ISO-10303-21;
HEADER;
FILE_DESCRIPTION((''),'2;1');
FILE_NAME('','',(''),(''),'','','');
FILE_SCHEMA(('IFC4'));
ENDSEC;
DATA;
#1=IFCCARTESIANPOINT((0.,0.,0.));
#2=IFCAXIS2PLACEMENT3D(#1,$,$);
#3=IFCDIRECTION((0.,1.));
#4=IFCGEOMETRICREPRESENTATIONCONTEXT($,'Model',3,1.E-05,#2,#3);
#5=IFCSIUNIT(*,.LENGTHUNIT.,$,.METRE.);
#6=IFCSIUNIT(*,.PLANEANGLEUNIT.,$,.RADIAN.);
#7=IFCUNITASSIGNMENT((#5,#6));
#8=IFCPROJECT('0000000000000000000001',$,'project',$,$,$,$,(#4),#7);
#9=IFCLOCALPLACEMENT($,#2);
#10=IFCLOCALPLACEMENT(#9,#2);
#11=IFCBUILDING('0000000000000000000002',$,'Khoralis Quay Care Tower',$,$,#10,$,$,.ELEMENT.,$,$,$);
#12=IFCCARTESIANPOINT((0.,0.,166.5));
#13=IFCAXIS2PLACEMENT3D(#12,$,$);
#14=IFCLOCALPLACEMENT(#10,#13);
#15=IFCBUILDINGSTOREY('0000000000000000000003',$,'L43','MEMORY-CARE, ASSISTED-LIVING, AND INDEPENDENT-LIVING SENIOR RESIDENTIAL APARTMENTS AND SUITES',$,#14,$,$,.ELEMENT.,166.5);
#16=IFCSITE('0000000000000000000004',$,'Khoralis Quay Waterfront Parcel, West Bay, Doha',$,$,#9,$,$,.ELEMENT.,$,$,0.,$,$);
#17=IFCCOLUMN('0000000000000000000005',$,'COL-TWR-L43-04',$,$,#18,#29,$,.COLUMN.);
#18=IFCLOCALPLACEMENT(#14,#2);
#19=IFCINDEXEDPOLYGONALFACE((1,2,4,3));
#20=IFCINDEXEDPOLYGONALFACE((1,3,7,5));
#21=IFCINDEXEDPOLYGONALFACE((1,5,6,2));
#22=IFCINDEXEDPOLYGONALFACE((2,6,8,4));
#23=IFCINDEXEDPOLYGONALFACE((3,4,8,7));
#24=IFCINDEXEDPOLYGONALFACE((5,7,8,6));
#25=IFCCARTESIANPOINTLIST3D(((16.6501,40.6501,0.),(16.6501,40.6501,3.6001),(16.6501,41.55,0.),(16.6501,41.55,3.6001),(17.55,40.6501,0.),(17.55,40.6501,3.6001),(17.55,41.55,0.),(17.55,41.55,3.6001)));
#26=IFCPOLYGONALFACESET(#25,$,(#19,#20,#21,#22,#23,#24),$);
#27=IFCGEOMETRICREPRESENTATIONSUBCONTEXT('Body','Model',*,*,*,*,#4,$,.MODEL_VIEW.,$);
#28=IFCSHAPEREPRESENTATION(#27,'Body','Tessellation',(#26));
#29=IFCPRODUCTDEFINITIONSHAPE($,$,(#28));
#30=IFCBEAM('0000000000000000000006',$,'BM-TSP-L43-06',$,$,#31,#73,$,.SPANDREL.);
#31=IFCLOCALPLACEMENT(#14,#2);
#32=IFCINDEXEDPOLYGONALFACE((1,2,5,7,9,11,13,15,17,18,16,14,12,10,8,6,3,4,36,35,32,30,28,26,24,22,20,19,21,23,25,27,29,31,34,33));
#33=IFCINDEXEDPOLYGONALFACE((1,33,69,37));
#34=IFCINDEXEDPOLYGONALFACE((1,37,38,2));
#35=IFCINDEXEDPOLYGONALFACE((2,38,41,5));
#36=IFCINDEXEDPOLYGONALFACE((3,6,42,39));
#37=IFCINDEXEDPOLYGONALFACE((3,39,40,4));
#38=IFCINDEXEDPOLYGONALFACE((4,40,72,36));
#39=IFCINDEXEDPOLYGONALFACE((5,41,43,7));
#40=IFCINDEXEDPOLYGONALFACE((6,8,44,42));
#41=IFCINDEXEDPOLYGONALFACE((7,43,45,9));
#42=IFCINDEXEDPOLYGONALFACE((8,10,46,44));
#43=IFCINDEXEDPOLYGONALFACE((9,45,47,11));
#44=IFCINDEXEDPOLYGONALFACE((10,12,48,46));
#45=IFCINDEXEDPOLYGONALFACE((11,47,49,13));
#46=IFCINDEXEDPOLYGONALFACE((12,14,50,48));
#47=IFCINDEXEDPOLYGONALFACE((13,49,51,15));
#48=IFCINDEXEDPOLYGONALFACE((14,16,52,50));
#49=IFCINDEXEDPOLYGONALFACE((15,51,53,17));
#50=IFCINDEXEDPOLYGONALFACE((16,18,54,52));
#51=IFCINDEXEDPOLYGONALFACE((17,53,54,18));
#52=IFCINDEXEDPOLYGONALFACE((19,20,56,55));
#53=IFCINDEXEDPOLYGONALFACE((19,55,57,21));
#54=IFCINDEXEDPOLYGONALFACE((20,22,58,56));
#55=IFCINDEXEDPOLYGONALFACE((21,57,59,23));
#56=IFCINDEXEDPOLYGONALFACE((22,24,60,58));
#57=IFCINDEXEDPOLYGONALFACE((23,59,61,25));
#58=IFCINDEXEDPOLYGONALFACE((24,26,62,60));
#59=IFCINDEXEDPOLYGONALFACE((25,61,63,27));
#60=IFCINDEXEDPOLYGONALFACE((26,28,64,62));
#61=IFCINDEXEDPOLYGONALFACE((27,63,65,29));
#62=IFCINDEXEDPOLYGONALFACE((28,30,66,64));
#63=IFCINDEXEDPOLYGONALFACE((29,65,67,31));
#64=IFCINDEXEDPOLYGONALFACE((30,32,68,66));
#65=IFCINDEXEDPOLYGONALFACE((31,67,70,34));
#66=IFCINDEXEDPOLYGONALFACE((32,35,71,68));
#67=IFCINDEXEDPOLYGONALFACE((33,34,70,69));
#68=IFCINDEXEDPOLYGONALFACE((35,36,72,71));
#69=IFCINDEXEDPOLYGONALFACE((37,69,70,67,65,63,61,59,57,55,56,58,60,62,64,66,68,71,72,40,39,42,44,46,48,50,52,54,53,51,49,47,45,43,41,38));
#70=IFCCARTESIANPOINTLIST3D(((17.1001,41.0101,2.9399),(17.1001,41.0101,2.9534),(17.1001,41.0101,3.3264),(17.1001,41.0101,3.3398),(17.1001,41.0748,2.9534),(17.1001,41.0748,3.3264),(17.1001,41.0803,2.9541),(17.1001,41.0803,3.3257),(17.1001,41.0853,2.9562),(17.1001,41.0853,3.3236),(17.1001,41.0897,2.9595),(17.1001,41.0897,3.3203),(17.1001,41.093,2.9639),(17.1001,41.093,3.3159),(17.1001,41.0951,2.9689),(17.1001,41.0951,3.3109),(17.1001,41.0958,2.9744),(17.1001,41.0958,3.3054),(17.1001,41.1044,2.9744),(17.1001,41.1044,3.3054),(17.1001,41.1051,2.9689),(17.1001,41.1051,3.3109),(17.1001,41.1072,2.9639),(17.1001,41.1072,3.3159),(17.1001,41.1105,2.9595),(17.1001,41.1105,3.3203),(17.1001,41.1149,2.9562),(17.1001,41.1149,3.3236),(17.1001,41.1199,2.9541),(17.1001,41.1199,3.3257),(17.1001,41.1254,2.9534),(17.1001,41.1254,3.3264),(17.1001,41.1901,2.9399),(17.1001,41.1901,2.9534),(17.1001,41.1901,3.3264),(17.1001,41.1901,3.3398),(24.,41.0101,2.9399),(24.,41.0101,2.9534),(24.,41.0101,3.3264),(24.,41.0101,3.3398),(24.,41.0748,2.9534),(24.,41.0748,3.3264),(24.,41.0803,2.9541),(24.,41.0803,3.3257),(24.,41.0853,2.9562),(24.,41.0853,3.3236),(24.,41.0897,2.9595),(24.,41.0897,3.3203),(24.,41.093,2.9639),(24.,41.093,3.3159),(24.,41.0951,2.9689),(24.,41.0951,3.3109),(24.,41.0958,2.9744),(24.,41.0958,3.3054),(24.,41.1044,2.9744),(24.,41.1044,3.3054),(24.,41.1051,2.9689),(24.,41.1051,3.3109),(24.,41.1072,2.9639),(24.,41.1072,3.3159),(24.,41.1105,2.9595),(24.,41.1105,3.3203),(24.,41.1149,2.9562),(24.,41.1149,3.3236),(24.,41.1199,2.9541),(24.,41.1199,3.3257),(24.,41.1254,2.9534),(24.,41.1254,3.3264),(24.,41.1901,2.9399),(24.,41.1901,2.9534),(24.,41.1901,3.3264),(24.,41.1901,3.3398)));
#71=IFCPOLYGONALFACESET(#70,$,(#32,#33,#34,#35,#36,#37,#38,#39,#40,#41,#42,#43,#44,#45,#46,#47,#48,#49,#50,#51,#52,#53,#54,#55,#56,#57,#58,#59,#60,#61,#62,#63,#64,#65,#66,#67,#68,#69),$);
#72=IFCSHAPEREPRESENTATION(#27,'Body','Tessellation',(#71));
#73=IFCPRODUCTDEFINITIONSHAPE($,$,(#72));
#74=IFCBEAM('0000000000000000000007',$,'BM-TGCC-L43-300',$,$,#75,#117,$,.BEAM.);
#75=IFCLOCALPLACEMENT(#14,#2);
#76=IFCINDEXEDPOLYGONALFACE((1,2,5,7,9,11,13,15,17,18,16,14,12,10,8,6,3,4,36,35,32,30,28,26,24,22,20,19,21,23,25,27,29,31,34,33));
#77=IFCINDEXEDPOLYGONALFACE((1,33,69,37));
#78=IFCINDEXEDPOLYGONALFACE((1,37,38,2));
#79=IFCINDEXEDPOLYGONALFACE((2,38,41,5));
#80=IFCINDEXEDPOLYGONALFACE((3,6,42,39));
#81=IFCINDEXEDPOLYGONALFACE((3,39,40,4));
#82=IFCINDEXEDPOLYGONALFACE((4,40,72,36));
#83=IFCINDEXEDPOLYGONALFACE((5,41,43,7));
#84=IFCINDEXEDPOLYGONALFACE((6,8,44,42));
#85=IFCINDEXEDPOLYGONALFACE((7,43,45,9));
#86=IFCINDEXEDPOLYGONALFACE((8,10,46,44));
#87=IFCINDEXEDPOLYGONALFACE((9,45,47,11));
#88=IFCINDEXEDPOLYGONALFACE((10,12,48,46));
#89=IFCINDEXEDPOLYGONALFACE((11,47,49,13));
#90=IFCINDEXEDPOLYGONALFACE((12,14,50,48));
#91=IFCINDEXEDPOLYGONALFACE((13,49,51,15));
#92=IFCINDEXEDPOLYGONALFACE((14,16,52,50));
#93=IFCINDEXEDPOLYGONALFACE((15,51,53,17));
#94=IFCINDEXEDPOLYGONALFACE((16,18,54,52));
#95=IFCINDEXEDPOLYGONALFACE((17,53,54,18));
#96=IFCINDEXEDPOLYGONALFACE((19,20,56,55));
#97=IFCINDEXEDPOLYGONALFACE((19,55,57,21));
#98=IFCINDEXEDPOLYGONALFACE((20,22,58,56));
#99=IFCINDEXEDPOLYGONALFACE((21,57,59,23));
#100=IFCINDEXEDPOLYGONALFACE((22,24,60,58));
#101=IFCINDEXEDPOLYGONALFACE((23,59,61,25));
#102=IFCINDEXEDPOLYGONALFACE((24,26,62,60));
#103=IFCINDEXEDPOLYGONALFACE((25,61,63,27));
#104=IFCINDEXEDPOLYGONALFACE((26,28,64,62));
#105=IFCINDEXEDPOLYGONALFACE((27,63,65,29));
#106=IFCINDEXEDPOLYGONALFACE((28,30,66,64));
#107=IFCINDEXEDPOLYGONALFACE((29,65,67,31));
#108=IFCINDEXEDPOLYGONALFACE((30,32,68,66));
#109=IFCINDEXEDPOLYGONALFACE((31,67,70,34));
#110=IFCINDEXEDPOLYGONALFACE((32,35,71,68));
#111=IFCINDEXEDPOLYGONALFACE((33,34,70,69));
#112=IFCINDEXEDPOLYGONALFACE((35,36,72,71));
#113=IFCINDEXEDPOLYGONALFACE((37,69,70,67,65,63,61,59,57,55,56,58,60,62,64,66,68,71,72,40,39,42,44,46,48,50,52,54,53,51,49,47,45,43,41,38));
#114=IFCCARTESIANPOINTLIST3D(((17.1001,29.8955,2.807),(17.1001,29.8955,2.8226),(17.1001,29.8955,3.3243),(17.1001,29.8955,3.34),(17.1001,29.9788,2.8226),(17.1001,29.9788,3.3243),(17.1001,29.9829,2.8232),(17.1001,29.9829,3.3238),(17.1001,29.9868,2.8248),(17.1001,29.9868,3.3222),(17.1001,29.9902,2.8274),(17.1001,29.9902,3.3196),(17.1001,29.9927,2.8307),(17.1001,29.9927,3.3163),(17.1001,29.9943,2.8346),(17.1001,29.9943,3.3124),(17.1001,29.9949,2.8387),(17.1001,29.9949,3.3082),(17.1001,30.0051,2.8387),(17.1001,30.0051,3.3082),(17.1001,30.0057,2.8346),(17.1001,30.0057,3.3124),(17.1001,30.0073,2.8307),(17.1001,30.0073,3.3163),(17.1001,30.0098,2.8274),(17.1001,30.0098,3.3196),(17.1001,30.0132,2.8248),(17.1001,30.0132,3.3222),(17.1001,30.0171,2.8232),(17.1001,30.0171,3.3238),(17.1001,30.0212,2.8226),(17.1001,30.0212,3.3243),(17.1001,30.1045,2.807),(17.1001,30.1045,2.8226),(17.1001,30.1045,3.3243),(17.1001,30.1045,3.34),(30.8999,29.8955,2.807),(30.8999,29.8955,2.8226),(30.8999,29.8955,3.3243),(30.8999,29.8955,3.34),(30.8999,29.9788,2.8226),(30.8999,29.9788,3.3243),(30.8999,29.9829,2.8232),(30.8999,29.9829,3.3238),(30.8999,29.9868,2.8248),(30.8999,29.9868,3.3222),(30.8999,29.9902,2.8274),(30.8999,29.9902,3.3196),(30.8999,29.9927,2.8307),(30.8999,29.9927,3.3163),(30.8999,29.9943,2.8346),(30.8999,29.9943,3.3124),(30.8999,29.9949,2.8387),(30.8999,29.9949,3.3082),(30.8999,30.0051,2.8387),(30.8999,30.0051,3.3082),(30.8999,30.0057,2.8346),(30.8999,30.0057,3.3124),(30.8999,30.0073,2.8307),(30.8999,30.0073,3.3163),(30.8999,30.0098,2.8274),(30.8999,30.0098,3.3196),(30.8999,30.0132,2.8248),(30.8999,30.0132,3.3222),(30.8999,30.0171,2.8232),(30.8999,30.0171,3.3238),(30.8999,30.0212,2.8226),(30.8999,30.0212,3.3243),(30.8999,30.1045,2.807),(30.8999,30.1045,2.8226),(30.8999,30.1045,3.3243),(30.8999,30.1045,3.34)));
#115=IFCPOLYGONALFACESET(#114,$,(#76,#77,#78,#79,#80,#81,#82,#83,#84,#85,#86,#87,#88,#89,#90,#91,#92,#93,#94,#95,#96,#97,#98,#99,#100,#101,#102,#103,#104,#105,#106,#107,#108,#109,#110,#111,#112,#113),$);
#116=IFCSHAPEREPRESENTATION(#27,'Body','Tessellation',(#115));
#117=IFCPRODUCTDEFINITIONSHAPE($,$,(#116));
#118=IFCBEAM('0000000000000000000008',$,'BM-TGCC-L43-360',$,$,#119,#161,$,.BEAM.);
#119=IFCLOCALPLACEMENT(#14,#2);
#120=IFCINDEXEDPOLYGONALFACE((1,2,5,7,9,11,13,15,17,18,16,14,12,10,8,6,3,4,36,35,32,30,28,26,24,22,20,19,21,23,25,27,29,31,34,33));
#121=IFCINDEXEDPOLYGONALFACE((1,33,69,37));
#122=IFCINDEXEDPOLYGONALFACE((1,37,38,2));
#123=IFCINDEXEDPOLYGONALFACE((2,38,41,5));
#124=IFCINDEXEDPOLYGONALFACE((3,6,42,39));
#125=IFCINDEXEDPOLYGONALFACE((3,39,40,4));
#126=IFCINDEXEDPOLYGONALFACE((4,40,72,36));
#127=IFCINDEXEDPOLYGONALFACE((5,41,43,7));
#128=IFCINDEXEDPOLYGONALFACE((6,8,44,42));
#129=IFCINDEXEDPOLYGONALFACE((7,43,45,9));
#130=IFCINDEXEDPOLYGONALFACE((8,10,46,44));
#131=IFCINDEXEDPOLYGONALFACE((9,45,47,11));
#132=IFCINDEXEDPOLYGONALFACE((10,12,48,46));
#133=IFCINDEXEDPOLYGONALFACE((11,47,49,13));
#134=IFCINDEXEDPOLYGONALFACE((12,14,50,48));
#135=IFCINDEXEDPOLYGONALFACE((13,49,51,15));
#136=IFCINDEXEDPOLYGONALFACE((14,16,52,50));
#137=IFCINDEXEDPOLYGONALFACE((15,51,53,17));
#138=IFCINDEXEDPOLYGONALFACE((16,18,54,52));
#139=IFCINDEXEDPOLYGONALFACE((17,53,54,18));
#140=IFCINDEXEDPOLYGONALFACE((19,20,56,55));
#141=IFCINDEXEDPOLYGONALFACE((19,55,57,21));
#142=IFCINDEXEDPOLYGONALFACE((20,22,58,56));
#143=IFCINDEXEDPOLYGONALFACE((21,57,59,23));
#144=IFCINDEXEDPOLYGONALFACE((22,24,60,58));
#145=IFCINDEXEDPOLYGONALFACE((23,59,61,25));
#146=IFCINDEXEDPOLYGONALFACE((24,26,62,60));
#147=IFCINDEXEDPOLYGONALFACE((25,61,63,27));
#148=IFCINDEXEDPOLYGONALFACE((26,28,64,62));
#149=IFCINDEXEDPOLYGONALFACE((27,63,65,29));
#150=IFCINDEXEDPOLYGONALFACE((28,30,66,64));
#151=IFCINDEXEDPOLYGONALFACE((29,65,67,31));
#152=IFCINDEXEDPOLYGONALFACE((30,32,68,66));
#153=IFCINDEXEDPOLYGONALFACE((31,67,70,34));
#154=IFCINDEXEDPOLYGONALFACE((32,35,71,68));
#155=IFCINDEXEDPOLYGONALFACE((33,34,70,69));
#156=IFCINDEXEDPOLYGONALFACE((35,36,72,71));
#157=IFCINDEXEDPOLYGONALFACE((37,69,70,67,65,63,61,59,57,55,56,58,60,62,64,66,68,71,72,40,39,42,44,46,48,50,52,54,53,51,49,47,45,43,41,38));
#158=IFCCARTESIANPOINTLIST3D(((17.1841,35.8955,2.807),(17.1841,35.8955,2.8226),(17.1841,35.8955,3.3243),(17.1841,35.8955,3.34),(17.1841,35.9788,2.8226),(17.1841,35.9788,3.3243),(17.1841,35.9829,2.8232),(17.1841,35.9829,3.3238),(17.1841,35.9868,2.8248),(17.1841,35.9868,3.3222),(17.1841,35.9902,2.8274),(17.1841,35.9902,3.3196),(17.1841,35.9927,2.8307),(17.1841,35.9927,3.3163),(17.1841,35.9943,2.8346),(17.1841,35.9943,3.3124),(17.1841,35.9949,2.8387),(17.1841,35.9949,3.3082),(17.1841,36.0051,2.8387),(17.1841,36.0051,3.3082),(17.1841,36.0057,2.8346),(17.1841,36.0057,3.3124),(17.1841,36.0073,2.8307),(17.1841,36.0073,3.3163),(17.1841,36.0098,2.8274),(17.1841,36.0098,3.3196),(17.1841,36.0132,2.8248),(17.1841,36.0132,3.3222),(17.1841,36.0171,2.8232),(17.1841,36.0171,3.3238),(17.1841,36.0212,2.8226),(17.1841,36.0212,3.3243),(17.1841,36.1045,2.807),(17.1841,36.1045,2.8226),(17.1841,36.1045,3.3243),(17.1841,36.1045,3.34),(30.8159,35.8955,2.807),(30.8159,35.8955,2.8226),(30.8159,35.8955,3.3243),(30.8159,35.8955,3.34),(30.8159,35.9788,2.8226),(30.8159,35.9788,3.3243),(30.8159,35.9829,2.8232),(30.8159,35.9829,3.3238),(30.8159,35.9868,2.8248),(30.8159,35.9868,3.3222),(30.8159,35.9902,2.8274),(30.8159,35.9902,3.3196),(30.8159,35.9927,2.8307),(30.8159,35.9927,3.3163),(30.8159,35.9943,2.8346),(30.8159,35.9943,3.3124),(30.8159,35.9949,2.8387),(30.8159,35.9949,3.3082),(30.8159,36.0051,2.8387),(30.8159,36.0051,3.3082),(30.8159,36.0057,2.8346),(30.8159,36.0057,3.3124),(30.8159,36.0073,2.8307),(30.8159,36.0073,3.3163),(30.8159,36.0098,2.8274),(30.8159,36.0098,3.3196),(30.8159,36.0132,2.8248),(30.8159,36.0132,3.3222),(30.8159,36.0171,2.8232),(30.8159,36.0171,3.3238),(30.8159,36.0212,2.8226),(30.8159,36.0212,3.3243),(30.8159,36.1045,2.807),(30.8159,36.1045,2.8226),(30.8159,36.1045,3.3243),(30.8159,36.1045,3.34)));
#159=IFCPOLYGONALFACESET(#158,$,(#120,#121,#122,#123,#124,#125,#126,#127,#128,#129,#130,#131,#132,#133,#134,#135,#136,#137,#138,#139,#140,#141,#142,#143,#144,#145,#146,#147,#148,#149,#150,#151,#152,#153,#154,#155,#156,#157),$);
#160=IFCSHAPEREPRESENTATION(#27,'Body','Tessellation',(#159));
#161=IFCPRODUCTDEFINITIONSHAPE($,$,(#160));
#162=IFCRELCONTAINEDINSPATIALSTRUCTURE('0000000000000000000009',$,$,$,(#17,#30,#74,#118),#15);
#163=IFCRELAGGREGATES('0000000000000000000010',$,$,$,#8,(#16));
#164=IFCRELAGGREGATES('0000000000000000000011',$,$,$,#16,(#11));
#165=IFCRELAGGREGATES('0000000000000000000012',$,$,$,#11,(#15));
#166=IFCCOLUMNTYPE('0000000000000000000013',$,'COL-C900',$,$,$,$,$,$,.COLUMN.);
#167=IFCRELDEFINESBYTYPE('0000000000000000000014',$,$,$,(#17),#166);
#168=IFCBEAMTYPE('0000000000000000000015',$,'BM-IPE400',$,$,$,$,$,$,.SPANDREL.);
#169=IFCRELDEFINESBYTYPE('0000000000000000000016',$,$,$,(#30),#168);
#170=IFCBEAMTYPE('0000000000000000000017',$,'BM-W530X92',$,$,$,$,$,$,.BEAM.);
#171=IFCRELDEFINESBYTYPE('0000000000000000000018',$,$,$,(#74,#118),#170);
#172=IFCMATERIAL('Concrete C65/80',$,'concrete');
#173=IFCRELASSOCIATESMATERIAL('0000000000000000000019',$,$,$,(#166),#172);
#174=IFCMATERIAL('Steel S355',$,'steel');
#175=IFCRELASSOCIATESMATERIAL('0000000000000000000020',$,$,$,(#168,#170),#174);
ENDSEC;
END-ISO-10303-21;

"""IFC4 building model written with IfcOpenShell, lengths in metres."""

from ifc_helpers import new_model, si_unit, direction, frame, origin, origin_2d, place, context, subcontext, project, spatial, rectangle, i_section, extrude, source, transform, mapped, material, material_profile, profile_set, type_object, element, save


model = new_model("IFC4")

# Units and contexts
model_context = context("Model", 3, precision=1e-05, world=origin(), true_north=direction((0.0, 1.0)))
body_context = subcontext(model_context, "Body", "Model", "MODEL_VIEW")
ifc_project = project(units=[si_unit("LENGTHUNIT", "METRE"), si_unit("PLANEANGLEUNIT", "RADIAN")], contexts=[model_context])

# Site, building, storey
site_placement = place(None, origin())
site = spatial("IfcSite", under=ifc_project, at=site_placement, Name="Khoralis Quay Waterfront Parcel, West Bay, Doha", CompositionType="ELEMENT", RefElevation=0.0)
building_placement = place(site_placement, origin())
building = spatial("IfcBuilding", under=site, at=building_placement, Name="Khoralis Quay Care Tower", CompositionType="ELEMENT")
storey_placement = place(building_placement, frame((0.0, 0.0, 166.5)))
storey = spatial("IfcBuildingStorey", under=building, at=storey_placement, Name="L43", Description="MEMORY-CARE, ASSISTED-LIVING, AND INDEPENDENT-LIVING SENIOR RESIDENTIAL APARTMENTS AND SUITES", CompositionType="ELEMENT", Elevation=166.5)

# Column
ifc_material_1 = material(Name="Concrete C65/80", Category="concrete")
ifc_material_profile_1 = material_profile(ifc_material_1, rectangle(XDim=0.8999, YDim=0.8999, at=origin_2d()), Name="Concrete C65/80")
ifc_profile_set_1 = profile_set([ifc_material_profile_1], Name="Concrete C65/80")
column_type = type_object("IfcColumnType", Name="COL-C900", PredefinedType="COLUMN", material=ifc_profile_set_1)
shared_shape_1 = source(origin(), body_context, "Body", "SweptSolid", [
    extrude(rectangle(XDim=0.8999, YDim=0.8999, at=origin_2d()), origin(), (0.0, 0.0, 1.0), 3.6001),
])
column_placement = place(storey_placement, frame((17.1001, 41.1001, 0.0), z_axis=(0.0, 0.0, 1.0), x_axis=(1.0, 0.0, 0.0)))
element("IfcColumn", 1, at=column_placement, inside=storey, type_object=column_type, Name="COL-TWR-L43-04", PredefinedType="COLUMN", context=body_context, shape_type="MappedRepresentation", body=[
    mapped(shared_shape_1, transform((0.0, 0.0, 0.0), scale=1.0)),
])

# Beams
ifc_material_2 = material(Name="Steel S355", Category="steel")
ifc_material_profile_2 = material_profile(ifc_material_2, i_section(OverallWidth=0.1799, OverallDepth=0.3999, WebThickness=0.0085, FlangeThickness=0.0134, FilletRadius=0.021, at=origin_2d()), Name="Steel S355")
ifc_profile_set_2 = profile_set([ifc_material_profile_2], Name="Steel S355")
beam_type_1 = type_object("IfcBeamType", Name="BM-IPE400", PredefinedType="SPANDREL", material=ifc_profile_set_2)
shared_shape_2 = source(origin(), body_context, "Body", "SweptSolid", [
    extrude(i_section(OverallWidth=0.1799, OverallDepth=0.3999, WebThickness=0.0085, FlangeThickness=0.0134, FilletRadius=0.021, at=origin_2d()), origin(), (0.0, 0.0, 1.0), 6.8999),
])
beam_1_placement = place(storey_placement, frame((17.1001, 41.1001, 3.1399), z_axis=(1.0, 0.0, 0.0), x_axis=(0.0, 1.0, 0.0)))
element("IfcBeam", 2, at=beam_1_placement, inside=storey, type_object=beam_type_1, Name="BM-TSP-L43-06", PredefinedType="SPANDREL", context=body_context, shape_type="MappedRepresentation", body=[
    mapped(shared_shape_2, transform((0.0, 0.0, 0.0), scale=1.0)),
])
ifc_material_profile_3 = material_profile(ifc_material_2, i_section(OverallWidth=0.209, OverallDepth=0.533, WebThickness=0.0103, FlangeThickness=0.0156, FilletRadius=0.0161, at=origin_2d()), Name="Steel S355")
ifc_profile_set_3 = profile_set([ifc_material_profile_3], Name="Steel S355")
beam_type_2 = type_object("IfcBeamType", Name="BM-W530X92", PredefinedType="BEAM", material=ifc_profile_set_3)
shared_shape_3 = source(origin(), body_context, "Body", "SweptSolid", [
    extrude(i_section(OverallWidth=0.209, OverallDepth=0.533, WebThickness=0.0103, FlangeThickness=0.0156, FilletRadius=0.0161, at=origin_2d()), origin(), (0.0, 0.0, 1.0), 13.7998),
])
beam_2_placement = place(storey_placement, frame((17.1001, 30.0, 3.0735), z_axis=(1.0, 0.0, 0.0), x_axis=(0.0, 1.0, 0.0)))
element("IfcBeam", 3, at=beam_2_placement, inside=storey, type_object=beam_type_2, Name="BM-TGCC-L43-300", PredefinedType="BEAM", context=body_context, shape_type="MappedRepresentation", body=[
    mapped(shared_shape_3, transform((0.0, 0.0, 0.0), scale=1.0)),
])
shared_shape_4 = source(origin(), body_context, "Body", "SweptSolid", [
    extrude(i_section(OverallWidth=0.209, OverallDepth=0.533, WebThickness=0.0103, FlangeThickness=0.0156, FilletRadius=0.0161, at=origin_2d()), origin(), (0.0, 0.0, 1.0), 13.6318),
])
beam_3_placement = place(storey_placement, frame((17.1841, 36.0, 3.0735), z_axis=(1.0, 0.0, 0.0), x_axis=(0.0, 1.0, 0.0)))
element("IfcBeam", 4, at=beam_3_placement, inside=storey, type_object=beam_type_2, Name="BM-TGCC-L43-360", PredefinedType="BEAM", context=body_context, shape_type="MappedRepresentation", body=[
    mapped(shared_shape_4, transform((0.0, 0.0, 0.0), scale=1.0)),
])

save(model, "model.ifc")
